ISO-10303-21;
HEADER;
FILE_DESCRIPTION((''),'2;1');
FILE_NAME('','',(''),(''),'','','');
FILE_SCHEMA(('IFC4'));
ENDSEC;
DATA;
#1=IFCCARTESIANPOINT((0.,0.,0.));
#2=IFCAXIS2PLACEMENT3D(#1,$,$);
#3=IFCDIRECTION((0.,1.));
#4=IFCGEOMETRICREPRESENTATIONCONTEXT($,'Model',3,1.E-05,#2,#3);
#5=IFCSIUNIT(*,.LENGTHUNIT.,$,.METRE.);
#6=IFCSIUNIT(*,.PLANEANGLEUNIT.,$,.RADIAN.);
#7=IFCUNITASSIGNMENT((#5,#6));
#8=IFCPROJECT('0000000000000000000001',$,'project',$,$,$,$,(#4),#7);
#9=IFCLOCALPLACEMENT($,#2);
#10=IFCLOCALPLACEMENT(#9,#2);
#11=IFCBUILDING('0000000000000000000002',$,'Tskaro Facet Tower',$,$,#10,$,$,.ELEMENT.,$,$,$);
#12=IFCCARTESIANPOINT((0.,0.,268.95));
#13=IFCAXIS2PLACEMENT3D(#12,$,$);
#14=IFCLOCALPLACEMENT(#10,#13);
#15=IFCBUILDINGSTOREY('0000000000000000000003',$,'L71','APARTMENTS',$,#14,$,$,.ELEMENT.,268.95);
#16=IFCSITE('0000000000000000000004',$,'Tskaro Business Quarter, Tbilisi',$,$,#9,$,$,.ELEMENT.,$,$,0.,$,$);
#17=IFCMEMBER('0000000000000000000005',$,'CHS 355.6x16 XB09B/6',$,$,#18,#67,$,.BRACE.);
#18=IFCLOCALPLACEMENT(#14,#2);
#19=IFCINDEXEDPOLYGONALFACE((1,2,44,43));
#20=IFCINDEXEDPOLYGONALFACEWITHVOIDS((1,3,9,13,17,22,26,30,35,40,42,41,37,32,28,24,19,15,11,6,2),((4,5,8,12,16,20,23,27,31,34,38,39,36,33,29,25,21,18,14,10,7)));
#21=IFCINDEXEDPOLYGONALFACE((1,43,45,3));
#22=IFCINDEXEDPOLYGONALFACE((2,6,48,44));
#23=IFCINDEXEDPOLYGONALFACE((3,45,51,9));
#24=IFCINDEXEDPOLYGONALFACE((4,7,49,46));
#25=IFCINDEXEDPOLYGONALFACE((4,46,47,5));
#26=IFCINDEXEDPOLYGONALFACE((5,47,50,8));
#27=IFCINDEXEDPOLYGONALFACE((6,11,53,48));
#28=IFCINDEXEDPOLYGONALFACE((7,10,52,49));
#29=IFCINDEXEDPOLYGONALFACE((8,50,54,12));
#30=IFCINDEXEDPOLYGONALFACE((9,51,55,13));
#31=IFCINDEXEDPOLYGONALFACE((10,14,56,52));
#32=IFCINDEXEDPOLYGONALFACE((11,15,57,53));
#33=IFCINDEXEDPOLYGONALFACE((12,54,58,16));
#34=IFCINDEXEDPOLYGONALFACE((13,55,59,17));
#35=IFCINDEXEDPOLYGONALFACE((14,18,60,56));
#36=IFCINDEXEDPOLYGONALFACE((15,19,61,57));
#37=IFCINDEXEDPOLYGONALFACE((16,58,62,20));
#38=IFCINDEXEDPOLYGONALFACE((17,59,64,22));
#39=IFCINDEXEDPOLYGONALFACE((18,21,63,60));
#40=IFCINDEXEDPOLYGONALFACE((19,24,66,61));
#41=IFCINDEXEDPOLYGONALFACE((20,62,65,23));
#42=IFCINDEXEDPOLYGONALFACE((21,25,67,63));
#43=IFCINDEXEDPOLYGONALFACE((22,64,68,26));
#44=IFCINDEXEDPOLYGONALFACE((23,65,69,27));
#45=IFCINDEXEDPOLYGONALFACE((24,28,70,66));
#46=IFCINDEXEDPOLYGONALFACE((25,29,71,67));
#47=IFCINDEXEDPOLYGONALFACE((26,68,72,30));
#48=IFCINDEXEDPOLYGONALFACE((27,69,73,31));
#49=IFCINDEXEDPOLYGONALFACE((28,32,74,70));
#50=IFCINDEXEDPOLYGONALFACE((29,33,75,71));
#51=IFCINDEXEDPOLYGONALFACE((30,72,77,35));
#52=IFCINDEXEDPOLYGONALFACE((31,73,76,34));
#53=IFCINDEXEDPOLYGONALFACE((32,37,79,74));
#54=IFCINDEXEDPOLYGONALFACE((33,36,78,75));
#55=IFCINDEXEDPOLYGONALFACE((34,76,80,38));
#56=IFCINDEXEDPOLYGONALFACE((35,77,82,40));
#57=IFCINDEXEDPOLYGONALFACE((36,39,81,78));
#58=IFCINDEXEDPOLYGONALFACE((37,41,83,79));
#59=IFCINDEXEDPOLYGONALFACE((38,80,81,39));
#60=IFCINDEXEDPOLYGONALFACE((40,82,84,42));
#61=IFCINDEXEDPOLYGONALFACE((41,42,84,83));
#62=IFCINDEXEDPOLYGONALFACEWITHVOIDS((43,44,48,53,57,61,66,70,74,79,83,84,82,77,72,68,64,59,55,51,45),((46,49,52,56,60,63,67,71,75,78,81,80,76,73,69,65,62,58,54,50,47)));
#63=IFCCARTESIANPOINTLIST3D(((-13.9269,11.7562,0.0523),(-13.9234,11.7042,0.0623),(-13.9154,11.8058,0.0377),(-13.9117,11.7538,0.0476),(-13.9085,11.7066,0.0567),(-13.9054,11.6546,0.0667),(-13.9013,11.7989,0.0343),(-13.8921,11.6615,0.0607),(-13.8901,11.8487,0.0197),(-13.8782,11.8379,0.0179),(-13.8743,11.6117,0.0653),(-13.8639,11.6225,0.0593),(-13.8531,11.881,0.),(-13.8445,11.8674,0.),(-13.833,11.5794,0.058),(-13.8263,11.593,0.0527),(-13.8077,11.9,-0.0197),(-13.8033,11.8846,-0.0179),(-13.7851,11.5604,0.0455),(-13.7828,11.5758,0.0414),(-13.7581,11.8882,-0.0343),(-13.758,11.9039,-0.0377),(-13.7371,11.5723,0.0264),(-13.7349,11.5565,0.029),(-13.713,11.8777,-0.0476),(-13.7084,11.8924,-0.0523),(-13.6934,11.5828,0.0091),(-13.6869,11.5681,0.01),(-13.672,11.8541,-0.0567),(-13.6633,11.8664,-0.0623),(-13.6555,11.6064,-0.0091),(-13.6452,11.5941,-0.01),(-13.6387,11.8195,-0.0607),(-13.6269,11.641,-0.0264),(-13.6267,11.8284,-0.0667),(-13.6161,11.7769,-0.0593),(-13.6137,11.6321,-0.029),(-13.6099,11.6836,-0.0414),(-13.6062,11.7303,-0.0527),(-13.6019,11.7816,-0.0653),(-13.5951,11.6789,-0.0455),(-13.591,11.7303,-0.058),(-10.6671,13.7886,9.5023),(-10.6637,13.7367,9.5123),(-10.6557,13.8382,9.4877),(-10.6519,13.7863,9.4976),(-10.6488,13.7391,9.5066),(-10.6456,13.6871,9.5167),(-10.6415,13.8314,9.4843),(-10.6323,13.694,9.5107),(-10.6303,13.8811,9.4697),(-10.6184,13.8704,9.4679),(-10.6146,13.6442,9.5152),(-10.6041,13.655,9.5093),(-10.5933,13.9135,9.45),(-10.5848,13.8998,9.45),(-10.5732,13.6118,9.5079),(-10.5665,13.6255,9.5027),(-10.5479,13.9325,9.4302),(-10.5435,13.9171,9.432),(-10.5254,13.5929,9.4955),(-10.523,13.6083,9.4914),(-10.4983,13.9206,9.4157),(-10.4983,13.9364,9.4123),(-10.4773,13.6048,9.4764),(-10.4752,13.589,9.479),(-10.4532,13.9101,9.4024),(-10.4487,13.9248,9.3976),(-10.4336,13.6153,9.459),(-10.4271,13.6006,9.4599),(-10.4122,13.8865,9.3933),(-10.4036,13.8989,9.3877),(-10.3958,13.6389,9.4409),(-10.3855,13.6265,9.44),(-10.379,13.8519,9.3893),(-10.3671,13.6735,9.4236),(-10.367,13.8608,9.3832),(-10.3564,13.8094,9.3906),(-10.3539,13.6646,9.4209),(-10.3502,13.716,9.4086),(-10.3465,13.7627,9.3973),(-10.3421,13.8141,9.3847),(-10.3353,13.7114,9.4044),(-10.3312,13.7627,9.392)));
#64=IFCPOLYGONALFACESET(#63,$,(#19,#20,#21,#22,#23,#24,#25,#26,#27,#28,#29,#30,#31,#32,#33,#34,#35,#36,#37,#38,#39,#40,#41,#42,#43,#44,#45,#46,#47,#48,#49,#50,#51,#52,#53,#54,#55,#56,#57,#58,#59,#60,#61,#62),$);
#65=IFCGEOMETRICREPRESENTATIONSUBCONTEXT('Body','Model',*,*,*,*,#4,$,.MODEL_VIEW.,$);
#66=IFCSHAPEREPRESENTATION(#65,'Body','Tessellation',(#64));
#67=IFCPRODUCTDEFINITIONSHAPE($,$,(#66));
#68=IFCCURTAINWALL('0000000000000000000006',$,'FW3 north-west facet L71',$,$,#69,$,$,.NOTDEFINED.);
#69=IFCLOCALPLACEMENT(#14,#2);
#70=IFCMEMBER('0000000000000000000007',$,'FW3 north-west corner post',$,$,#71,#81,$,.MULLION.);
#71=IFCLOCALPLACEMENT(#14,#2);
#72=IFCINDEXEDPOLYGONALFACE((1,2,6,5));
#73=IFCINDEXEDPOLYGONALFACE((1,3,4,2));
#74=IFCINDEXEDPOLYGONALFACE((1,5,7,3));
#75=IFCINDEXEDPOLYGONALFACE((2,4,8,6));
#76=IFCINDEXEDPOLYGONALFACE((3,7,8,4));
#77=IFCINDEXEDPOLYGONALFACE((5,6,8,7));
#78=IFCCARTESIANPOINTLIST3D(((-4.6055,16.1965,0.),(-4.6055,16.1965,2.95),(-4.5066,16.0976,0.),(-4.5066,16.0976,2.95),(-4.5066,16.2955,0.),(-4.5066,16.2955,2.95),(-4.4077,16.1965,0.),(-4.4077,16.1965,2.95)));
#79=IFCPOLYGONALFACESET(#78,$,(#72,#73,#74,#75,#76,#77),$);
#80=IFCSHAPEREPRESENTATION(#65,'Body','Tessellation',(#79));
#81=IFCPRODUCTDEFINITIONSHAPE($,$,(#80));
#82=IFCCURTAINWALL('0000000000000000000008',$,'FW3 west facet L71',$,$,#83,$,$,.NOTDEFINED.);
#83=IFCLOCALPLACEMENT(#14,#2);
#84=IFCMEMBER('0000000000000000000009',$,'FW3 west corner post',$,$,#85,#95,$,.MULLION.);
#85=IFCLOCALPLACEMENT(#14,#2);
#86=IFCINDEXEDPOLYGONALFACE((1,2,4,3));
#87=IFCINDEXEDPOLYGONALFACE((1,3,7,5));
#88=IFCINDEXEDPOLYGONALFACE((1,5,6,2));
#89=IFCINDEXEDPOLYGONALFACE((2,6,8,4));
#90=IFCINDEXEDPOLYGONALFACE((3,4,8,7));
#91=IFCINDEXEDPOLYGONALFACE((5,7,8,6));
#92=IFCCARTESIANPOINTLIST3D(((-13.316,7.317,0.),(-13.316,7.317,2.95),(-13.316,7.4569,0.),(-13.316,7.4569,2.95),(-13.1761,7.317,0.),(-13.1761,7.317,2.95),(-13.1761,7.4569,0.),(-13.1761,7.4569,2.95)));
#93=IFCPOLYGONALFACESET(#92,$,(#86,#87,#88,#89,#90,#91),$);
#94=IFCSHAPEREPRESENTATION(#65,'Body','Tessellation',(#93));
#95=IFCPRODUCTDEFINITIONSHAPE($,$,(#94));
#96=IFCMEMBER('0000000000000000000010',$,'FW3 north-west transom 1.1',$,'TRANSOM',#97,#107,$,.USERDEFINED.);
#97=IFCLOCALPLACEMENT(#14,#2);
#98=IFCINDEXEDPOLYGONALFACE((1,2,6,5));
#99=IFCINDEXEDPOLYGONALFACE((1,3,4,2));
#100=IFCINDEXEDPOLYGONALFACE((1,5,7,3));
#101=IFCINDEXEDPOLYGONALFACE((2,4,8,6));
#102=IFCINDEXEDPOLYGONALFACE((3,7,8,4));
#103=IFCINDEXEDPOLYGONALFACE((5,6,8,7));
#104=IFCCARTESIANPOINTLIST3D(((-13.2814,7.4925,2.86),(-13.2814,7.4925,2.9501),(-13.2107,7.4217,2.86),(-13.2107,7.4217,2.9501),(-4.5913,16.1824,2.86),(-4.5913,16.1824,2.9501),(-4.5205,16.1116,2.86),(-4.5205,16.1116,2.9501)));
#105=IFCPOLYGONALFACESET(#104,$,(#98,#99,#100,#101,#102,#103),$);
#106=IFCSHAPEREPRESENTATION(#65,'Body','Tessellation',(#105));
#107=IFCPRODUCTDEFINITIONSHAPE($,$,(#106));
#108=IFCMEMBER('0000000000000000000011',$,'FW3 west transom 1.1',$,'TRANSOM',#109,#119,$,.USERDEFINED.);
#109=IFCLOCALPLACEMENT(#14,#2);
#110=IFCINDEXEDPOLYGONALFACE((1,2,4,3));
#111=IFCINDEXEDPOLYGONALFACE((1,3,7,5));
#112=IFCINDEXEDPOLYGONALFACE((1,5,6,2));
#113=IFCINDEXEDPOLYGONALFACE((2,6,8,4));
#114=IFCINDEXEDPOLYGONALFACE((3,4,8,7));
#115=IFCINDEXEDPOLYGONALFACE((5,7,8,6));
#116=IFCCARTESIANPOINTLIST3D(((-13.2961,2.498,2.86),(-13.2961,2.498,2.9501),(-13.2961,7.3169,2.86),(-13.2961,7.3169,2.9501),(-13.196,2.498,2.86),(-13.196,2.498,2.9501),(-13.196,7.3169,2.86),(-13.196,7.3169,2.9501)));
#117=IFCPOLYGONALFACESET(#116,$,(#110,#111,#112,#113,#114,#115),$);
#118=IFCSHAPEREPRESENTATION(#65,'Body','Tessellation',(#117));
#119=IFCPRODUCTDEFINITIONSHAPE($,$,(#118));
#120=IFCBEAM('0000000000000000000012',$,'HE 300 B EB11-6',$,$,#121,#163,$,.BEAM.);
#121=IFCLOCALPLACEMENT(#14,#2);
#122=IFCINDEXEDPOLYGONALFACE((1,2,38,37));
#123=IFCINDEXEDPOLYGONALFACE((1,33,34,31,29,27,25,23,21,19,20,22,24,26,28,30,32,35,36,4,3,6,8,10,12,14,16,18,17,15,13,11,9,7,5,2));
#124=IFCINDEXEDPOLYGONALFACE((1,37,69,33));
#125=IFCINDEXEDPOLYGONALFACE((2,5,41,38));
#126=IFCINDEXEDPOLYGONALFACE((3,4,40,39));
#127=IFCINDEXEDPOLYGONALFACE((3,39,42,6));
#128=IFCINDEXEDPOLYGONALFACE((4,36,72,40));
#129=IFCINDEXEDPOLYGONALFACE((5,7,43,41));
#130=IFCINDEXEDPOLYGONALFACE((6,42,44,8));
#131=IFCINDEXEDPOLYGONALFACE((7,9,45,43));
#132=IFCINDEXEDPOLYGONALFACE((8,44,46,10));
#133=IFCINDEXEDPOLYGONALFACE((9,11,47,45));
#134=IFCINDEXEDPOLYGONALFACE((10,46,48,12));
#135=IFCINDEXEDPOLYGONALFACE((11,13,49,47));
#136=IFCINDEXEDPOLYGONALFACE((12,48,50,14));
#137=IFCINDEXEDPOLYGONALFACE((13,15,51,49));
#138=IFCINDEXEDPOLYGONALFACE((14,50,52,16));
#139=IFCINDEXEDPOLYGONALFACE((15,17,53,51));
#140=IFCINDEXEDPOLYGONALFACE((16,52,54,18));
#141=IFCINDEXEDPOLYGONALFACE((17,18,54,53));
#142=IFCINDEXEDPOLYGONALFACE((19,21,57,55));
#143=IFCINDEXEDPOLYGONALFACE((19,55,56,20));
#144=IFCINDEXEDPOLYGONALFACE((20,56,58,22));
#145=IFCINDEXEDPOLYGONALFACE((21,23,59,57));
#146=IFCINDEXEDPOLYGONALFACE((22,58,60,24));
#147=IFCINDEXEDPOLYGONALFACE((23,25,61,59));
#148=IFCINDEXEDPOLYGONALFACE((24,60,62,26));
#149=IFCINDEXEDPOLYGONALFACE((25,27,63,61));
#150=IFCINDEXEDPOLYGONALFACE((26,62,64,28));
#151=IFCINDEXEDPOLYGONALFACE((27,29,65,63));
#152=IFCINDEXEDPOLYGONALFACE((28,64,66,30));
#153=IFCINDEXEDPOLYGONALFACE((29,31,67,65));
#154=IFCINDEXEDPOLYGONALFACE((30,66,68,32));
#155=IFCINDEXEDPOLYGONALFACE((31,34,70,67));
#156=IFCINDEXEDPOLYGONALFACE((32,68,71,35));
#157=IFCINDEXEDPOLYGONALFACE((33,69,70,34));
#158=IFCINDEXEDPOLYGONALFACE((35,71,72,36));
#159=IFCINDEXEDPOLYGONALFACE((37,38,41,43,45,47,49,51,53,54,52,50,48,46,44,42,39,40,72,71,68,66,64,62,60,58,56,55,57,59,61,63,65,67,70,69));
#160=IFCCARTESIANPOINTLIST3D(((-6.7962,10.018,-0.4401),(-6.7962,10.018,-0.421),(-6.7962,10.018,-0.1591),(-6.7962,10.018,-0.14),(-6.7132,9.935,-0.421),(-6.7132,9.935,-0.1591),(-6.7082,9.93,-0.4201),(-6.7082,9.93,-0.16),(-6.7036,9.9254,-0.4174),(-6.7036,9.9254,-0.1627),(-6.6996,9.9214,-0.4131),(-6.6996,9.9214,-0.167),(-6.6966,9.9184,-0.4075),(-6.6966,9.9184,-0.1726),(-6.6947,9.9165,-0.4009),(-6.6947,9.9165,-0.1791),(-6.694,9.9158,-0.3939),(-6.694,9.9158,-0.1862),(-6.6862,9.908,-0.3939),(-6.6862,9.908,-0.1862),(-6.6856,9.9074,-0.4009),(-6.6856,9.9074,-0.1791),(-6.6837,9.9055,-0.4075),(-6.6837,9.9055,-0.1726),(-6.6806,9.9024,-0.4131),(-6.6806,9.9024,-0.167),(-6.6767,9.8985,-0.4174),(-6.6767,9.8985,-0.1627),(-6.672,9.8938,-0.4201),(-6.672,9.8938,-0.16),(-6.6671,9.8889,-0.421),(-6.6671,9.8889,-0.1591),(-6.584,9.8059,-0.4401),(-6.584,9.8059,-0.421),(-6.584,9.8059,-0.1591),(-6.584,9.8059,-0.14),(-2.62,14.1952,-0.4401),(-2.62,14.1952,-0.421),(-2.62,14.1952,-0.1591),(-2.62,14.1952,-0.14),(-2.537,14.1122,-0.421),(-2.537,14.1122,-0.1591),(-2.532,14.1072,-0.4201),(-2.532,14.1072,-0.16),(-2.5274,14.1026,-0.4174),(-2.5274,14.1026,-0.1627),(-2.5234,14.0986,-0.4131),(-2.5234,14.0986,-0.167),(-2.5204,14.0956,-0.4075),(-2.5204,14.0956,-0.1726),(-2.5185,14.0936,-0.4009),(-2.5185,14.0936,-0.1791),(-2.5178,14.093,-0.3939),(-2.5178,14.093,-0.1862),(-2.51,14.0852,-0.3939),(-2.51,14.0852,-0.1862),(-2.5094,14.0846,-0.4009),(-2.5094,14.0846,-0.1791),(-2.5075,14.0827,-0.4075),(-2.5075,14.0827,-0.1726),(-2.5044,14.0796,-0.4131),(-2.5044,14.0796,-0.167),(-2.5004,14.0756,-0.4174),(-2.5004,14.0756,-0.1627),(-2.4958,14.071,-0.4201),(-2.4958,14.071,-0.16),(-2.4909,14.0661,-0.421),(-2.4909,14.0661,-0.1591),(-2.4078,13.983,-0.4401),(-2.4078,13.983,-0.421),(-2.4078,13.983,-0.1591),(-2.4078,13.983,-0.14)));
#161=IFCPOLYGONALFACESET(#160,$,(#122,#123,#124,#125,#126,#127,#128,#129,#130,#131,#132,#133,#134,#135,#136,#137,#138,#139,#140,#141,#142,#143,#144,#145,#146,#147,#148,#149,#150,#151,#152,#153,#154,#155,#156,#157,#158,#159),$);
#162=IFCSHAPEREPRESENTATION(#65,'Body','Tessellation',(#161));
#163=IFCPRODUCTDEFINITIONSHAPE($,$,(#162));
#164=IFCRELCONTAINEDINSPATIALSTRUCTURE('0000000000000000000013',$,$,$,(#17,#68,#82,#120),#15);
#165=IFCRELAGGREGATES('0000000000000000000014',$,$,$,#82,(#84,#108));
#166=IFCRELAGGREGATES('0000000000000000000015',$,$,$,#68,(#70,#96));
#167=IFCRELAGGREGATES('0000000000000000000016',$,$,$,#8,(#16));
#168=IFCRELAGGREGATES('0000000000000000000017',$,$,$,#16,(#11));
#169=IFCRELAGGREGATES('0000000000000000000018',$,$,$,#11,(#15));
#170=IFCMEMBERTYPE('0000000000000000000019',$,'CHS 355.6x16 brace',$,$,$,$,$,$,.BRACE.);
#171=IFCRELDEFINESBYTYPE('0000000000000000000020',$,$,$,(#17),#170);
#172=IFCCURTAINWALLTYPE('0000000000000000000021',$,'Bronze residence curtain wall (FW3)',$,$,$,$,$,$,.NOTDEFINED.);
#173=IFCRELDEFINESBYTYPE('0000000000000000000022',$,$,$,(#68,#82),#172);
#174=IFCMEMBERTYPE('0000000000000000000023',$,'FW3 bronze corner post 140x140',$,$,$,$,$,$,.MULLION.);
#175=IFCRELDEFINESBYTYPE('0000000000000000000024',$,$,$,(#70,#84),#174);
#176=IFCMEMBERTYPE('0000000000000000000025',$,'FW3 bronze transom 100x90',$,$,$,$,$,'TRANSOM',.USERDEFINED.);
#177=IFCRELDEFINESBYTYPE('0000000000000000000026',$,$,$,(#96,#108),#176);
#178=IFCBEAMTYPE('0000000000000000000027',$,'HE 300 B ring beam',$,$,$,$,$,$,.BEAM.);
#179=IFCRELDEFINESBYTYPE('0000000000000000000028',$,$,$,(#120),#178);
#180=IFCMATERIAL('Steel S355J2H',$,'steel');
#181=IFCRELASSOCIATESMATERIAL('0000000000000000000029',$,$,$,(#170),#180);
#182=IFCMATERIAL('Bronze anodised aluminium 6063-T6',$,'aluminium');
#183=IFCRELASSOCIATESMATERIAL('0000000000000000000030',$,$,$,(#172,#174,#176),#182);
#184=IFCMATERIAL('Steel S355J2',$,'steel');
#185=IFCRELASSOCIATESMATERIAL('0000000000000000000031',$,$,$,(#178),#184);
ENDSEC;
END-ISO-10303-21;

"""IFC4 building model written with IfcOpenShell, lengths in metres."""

from ifc_helpers import new_model, si_unit, direction, frame, origin, origin_2d, place, context, subcontext, project, spatial, rectangle, hollow_circle, i_section, extrude, material, material_profile, profile_set, type_object, element, aggregate, save


model = new_model("IFC4")

# Units and contexts
model_context = context("Model", 3, precision=1e-05, world=origin(), true_north=direction((0.0, 1.0)))
body_context = subcontext(model_context, "Body", "Model", "MODEL_VIEW")
ifc_project = project(units=[si_unit("LENGTHUNIT", "METRE"), si_unit("PLANEANGLEUNIT", "RADIAN")], contexts=[model_context])

# Site, building, storey
site_placement = place(None, origin())
site = spatial("IfcSite", under=ifc_project, at=site_placement, Name="Tskaro Business Quarter, Tbilisi", CompositionType="ELEMENT", RefElevation=0.0)
building_placement = place(site_placement, origin())
building = spatial("IfcBuilding", under=site, at=building_placement, Name="Tskaro Facet Tower", CompositionType="ELEMENT")
storey_placement = place(building_placement, frame((0.0, 0.0, 268.95)))
storey = spatial("IfcBuildingStorey", under=building, at=storey_placement, Name="L71", Description="APARTMENTS", CompositionType="ELEMENT", Elevation=268.95)

# Shared definitions
ifc_material_1 = material(Name="Steel S355J2", Category="steel")
ifc_material_2 = material(Name="Steel S355J2H", Category="steel")

# Member
ifc_material_profile_1 = material_profile(ifc_material_2, hollow_circle(Radius=0.1777, WallThickness=0.0161, at=origin_2d()), Name="CHS 355.6x16")
ifc_profile_set_1 = profile_set([ifc_material_profile_1], Name="Steel S355J2H")
member_type_1 = type_object("IfcMemberType", Name="CHS 355.6x16 brace", PredefinedType="BRACE", material=ifc_profile_set_1)
for number, where, z_axis, x_axis, name in (
    (1, (-13.759, 11.7302, 0.0), (0.319556, 0.199244, 0.926383), (-0.529085, 0.848569, 0.0), "CHS 355.6x16 XB09B/6"),
):
    element("IfcMember", number, at=place(storey_placement, frame(where, z_axis=z_axis, x_axis=x_axis)), inside=storey, type_object=member_type_1, Name=name, PredefinedType="BRACE", context=body_context, shape_type="SweptSolid", body=[
        extrude(hollow_circle(Radius=0.1777, WallThickness=0.0161, at=origin_2d()), origin(), (0.0, 0.0, 1.0), 10.2009),
    ])

# Curtain walls, members
ifc_material_3 = material(Name="Bronze anodised aluminium 6063-T6", Category="aluminium")
curtain_wall_type = type_object("IfcCurtainWallType", Name="Bronze residence curtain wall (FW3)", PredefinedType="NOTDEFINED", material=ifc_material_3)
curtain_wall_1_placement = place(storey_placement, origin())
curtain_wall_1 = element("IfcCurtainWall", 2, at=curtain_wall_1_placement, inside=storey, type_object=curtain_wall_type, Name="FW3 north-west facet L71", PredefinedType="NOTDEFINED")
ifc_material_profile_2 = material_profile(ifc_material_3, rectangle(XDim=0.1399, YDim=0.1399, at=origin_2d()), Name="Corner post 140x140")
ifc_profile_set_2 = profile_set([ifc_material_profile_2], Name="Bronze anodised aluminium 6063-T6")
member_type_2 = type_object("IfcMemberType", Name="FW3 bronze corner post 140x140", PredefinedType="MULLION", material=ifc_profile_set_2)
member_1_placement = place(storey_placement, frame((-4.5066, 16.1965, 0.0), z_axis=(0.0, 0.0, 1.0), x_axis=(-0.707107, -0.707107, 0.0)))
member_1 = element("IfcMember", 3, at=member_1_placement, type_object=member_type_2, Name="FW3 north-west corner post", PredefinedType="MULLION", context=body_context, shape_type="SweptSolid", body=[
    extrude(rectangle(XDim=0.1399, YDim=0.1399, at=origin_2d()), origin(), (0.0, 0.0, 1.0), 2.95),
])
curtain_wall_2_placement = place(storey_placement, origin())
curtain_wall_2 = element("IfcCurtainWall", 4, at=curtain_wall_2_placement, inside=storey, type_object=curtain_wall_type, Name="FW3 west facet L71", PredefinedType="NOTDEFINED")
member_2_placement = place(storey_placement, frame((-13.2461, 7.387, 0.0), z_axis=(0.0, 0.0, 1.0), x_axis=(0.0, -1.0, 0.0)))
member_2 = element("IfcMember", 5, at=member_2_placement, type_object=member_type_2, Name="FW3 west corner post", PredefinedType="MULLION", context=body_context, shape_type="SweptSolid", body=[
    extrude(rectangle(XDim=0.1399, YDim=0.1399, at=origin_2d()), origin(), (0.0, 0.0, 1.0), 2.95),
])

# Members
ifc_material_profile_3 = material_profile(ifc_material_3, rectangle(XDim=0.1001, YDim=0.0901, at=origin_2d()), Name="Transom 100x90")
ifc_profile_set_3 = profile_set([ifc_material_profile_3], Name="Bronze anodised aluminium 6063-T6")
member_type_3 = type_object("IfcMemberType", Name="FW3 bronze transom 100x90", ElementType="TRANSOM", PredefinedType="USERDEFINED", material=ifc_profile_set_3)
member_3_placement = place(storey_placement, frame((-4.5559, 16.147, 2.905), z_axis=(-0.707117, -0.707097, 0.0), x_axis=(0.707097, -0.707117, 0.0)))
member_3 = element("IfcMember", 6, at=member_3_placement, type_object=member_type_3, Name="FW3 north-west transom 1.1", ObjectType="TRANSOM", PredefinedType="USERDEFINED", context=body_context, shape_type="SweptSolid", body=[
    extrude(rectangle(XDim=0.1001, YDim=0.0901, at=origin_2d()), origin(), (0.0, 0.0, 1.0), 12.2896),
])
member_4_placement = place(storey_placement, frame((-13.2461, 7.3169, 2.905), z_axis=(0.0, -1.0, 0.0), x_axis=(1.0, 0.0, 0.0)))
member_4 = element("IfcMember", 7, at=member_4_placement, type_object=member_type_3, Name="FW3 west transom 1.1", ObjectType="TRANSOM", PredefinedType="USERDEFINED", context=body_context, shape_type="SweptSolid", body=[
    extrude(rectangle(XDim=0.1001, YDim=0.0901, at=origin_2d()), origin(), (0.0, 0.0, 1.0), 4.8188),
])
aggregate(curtain_wall_2, [member_2, member_4])

# Beam
ifc_material_profile_4 = material_profile(ifc_material_1, i_section(OverallWidth=0.3, OverallDepth=0.3, WebThickness=0.011, FlangeThickness=0.019, FilletRadius=0.0271, at=origin_2d()), Name="HE 300 B")
ifc_profile_set_4 = profile_set([ifc_material_profile_4], Name="Steel S355J2")
beam_type_1 = type_object("IfcBeamType", Name="HE 300 B ring beam", PredefinedType="BEAM", material=ifc_profile_set_4)
for number, where, z_axis, x_axis, name in (
    (8, (-2.5139, 14.0891, -0.29), (-0.707024, -0.707189, 0.0), (0.707189, -0.707024, 0.0), "HE 300 B EB11-6"),
):
    element("IfcBeam", number, at=place(storey_placement, frame(where, z_axis=z_axis, x_axis=x_axis)), inside=storey, type_object=beam_type_1, Name=name, PredefinedType="BEAM", context=body_context, shape_type="SweptSolid", body=[
        extrude(i_section(OverallWidth=0.3, OverallDepth=0.3, WebThickness=0.011, FlangeThickness=0.019, FilletRadius=0.0271, at=origin_2d()), origin(), (0.0, 0.0, 1.0), 5.9067),
    ])

aggregate(curtain_wall_1, [member_1, member_3])

save(model, "model.ifc")
